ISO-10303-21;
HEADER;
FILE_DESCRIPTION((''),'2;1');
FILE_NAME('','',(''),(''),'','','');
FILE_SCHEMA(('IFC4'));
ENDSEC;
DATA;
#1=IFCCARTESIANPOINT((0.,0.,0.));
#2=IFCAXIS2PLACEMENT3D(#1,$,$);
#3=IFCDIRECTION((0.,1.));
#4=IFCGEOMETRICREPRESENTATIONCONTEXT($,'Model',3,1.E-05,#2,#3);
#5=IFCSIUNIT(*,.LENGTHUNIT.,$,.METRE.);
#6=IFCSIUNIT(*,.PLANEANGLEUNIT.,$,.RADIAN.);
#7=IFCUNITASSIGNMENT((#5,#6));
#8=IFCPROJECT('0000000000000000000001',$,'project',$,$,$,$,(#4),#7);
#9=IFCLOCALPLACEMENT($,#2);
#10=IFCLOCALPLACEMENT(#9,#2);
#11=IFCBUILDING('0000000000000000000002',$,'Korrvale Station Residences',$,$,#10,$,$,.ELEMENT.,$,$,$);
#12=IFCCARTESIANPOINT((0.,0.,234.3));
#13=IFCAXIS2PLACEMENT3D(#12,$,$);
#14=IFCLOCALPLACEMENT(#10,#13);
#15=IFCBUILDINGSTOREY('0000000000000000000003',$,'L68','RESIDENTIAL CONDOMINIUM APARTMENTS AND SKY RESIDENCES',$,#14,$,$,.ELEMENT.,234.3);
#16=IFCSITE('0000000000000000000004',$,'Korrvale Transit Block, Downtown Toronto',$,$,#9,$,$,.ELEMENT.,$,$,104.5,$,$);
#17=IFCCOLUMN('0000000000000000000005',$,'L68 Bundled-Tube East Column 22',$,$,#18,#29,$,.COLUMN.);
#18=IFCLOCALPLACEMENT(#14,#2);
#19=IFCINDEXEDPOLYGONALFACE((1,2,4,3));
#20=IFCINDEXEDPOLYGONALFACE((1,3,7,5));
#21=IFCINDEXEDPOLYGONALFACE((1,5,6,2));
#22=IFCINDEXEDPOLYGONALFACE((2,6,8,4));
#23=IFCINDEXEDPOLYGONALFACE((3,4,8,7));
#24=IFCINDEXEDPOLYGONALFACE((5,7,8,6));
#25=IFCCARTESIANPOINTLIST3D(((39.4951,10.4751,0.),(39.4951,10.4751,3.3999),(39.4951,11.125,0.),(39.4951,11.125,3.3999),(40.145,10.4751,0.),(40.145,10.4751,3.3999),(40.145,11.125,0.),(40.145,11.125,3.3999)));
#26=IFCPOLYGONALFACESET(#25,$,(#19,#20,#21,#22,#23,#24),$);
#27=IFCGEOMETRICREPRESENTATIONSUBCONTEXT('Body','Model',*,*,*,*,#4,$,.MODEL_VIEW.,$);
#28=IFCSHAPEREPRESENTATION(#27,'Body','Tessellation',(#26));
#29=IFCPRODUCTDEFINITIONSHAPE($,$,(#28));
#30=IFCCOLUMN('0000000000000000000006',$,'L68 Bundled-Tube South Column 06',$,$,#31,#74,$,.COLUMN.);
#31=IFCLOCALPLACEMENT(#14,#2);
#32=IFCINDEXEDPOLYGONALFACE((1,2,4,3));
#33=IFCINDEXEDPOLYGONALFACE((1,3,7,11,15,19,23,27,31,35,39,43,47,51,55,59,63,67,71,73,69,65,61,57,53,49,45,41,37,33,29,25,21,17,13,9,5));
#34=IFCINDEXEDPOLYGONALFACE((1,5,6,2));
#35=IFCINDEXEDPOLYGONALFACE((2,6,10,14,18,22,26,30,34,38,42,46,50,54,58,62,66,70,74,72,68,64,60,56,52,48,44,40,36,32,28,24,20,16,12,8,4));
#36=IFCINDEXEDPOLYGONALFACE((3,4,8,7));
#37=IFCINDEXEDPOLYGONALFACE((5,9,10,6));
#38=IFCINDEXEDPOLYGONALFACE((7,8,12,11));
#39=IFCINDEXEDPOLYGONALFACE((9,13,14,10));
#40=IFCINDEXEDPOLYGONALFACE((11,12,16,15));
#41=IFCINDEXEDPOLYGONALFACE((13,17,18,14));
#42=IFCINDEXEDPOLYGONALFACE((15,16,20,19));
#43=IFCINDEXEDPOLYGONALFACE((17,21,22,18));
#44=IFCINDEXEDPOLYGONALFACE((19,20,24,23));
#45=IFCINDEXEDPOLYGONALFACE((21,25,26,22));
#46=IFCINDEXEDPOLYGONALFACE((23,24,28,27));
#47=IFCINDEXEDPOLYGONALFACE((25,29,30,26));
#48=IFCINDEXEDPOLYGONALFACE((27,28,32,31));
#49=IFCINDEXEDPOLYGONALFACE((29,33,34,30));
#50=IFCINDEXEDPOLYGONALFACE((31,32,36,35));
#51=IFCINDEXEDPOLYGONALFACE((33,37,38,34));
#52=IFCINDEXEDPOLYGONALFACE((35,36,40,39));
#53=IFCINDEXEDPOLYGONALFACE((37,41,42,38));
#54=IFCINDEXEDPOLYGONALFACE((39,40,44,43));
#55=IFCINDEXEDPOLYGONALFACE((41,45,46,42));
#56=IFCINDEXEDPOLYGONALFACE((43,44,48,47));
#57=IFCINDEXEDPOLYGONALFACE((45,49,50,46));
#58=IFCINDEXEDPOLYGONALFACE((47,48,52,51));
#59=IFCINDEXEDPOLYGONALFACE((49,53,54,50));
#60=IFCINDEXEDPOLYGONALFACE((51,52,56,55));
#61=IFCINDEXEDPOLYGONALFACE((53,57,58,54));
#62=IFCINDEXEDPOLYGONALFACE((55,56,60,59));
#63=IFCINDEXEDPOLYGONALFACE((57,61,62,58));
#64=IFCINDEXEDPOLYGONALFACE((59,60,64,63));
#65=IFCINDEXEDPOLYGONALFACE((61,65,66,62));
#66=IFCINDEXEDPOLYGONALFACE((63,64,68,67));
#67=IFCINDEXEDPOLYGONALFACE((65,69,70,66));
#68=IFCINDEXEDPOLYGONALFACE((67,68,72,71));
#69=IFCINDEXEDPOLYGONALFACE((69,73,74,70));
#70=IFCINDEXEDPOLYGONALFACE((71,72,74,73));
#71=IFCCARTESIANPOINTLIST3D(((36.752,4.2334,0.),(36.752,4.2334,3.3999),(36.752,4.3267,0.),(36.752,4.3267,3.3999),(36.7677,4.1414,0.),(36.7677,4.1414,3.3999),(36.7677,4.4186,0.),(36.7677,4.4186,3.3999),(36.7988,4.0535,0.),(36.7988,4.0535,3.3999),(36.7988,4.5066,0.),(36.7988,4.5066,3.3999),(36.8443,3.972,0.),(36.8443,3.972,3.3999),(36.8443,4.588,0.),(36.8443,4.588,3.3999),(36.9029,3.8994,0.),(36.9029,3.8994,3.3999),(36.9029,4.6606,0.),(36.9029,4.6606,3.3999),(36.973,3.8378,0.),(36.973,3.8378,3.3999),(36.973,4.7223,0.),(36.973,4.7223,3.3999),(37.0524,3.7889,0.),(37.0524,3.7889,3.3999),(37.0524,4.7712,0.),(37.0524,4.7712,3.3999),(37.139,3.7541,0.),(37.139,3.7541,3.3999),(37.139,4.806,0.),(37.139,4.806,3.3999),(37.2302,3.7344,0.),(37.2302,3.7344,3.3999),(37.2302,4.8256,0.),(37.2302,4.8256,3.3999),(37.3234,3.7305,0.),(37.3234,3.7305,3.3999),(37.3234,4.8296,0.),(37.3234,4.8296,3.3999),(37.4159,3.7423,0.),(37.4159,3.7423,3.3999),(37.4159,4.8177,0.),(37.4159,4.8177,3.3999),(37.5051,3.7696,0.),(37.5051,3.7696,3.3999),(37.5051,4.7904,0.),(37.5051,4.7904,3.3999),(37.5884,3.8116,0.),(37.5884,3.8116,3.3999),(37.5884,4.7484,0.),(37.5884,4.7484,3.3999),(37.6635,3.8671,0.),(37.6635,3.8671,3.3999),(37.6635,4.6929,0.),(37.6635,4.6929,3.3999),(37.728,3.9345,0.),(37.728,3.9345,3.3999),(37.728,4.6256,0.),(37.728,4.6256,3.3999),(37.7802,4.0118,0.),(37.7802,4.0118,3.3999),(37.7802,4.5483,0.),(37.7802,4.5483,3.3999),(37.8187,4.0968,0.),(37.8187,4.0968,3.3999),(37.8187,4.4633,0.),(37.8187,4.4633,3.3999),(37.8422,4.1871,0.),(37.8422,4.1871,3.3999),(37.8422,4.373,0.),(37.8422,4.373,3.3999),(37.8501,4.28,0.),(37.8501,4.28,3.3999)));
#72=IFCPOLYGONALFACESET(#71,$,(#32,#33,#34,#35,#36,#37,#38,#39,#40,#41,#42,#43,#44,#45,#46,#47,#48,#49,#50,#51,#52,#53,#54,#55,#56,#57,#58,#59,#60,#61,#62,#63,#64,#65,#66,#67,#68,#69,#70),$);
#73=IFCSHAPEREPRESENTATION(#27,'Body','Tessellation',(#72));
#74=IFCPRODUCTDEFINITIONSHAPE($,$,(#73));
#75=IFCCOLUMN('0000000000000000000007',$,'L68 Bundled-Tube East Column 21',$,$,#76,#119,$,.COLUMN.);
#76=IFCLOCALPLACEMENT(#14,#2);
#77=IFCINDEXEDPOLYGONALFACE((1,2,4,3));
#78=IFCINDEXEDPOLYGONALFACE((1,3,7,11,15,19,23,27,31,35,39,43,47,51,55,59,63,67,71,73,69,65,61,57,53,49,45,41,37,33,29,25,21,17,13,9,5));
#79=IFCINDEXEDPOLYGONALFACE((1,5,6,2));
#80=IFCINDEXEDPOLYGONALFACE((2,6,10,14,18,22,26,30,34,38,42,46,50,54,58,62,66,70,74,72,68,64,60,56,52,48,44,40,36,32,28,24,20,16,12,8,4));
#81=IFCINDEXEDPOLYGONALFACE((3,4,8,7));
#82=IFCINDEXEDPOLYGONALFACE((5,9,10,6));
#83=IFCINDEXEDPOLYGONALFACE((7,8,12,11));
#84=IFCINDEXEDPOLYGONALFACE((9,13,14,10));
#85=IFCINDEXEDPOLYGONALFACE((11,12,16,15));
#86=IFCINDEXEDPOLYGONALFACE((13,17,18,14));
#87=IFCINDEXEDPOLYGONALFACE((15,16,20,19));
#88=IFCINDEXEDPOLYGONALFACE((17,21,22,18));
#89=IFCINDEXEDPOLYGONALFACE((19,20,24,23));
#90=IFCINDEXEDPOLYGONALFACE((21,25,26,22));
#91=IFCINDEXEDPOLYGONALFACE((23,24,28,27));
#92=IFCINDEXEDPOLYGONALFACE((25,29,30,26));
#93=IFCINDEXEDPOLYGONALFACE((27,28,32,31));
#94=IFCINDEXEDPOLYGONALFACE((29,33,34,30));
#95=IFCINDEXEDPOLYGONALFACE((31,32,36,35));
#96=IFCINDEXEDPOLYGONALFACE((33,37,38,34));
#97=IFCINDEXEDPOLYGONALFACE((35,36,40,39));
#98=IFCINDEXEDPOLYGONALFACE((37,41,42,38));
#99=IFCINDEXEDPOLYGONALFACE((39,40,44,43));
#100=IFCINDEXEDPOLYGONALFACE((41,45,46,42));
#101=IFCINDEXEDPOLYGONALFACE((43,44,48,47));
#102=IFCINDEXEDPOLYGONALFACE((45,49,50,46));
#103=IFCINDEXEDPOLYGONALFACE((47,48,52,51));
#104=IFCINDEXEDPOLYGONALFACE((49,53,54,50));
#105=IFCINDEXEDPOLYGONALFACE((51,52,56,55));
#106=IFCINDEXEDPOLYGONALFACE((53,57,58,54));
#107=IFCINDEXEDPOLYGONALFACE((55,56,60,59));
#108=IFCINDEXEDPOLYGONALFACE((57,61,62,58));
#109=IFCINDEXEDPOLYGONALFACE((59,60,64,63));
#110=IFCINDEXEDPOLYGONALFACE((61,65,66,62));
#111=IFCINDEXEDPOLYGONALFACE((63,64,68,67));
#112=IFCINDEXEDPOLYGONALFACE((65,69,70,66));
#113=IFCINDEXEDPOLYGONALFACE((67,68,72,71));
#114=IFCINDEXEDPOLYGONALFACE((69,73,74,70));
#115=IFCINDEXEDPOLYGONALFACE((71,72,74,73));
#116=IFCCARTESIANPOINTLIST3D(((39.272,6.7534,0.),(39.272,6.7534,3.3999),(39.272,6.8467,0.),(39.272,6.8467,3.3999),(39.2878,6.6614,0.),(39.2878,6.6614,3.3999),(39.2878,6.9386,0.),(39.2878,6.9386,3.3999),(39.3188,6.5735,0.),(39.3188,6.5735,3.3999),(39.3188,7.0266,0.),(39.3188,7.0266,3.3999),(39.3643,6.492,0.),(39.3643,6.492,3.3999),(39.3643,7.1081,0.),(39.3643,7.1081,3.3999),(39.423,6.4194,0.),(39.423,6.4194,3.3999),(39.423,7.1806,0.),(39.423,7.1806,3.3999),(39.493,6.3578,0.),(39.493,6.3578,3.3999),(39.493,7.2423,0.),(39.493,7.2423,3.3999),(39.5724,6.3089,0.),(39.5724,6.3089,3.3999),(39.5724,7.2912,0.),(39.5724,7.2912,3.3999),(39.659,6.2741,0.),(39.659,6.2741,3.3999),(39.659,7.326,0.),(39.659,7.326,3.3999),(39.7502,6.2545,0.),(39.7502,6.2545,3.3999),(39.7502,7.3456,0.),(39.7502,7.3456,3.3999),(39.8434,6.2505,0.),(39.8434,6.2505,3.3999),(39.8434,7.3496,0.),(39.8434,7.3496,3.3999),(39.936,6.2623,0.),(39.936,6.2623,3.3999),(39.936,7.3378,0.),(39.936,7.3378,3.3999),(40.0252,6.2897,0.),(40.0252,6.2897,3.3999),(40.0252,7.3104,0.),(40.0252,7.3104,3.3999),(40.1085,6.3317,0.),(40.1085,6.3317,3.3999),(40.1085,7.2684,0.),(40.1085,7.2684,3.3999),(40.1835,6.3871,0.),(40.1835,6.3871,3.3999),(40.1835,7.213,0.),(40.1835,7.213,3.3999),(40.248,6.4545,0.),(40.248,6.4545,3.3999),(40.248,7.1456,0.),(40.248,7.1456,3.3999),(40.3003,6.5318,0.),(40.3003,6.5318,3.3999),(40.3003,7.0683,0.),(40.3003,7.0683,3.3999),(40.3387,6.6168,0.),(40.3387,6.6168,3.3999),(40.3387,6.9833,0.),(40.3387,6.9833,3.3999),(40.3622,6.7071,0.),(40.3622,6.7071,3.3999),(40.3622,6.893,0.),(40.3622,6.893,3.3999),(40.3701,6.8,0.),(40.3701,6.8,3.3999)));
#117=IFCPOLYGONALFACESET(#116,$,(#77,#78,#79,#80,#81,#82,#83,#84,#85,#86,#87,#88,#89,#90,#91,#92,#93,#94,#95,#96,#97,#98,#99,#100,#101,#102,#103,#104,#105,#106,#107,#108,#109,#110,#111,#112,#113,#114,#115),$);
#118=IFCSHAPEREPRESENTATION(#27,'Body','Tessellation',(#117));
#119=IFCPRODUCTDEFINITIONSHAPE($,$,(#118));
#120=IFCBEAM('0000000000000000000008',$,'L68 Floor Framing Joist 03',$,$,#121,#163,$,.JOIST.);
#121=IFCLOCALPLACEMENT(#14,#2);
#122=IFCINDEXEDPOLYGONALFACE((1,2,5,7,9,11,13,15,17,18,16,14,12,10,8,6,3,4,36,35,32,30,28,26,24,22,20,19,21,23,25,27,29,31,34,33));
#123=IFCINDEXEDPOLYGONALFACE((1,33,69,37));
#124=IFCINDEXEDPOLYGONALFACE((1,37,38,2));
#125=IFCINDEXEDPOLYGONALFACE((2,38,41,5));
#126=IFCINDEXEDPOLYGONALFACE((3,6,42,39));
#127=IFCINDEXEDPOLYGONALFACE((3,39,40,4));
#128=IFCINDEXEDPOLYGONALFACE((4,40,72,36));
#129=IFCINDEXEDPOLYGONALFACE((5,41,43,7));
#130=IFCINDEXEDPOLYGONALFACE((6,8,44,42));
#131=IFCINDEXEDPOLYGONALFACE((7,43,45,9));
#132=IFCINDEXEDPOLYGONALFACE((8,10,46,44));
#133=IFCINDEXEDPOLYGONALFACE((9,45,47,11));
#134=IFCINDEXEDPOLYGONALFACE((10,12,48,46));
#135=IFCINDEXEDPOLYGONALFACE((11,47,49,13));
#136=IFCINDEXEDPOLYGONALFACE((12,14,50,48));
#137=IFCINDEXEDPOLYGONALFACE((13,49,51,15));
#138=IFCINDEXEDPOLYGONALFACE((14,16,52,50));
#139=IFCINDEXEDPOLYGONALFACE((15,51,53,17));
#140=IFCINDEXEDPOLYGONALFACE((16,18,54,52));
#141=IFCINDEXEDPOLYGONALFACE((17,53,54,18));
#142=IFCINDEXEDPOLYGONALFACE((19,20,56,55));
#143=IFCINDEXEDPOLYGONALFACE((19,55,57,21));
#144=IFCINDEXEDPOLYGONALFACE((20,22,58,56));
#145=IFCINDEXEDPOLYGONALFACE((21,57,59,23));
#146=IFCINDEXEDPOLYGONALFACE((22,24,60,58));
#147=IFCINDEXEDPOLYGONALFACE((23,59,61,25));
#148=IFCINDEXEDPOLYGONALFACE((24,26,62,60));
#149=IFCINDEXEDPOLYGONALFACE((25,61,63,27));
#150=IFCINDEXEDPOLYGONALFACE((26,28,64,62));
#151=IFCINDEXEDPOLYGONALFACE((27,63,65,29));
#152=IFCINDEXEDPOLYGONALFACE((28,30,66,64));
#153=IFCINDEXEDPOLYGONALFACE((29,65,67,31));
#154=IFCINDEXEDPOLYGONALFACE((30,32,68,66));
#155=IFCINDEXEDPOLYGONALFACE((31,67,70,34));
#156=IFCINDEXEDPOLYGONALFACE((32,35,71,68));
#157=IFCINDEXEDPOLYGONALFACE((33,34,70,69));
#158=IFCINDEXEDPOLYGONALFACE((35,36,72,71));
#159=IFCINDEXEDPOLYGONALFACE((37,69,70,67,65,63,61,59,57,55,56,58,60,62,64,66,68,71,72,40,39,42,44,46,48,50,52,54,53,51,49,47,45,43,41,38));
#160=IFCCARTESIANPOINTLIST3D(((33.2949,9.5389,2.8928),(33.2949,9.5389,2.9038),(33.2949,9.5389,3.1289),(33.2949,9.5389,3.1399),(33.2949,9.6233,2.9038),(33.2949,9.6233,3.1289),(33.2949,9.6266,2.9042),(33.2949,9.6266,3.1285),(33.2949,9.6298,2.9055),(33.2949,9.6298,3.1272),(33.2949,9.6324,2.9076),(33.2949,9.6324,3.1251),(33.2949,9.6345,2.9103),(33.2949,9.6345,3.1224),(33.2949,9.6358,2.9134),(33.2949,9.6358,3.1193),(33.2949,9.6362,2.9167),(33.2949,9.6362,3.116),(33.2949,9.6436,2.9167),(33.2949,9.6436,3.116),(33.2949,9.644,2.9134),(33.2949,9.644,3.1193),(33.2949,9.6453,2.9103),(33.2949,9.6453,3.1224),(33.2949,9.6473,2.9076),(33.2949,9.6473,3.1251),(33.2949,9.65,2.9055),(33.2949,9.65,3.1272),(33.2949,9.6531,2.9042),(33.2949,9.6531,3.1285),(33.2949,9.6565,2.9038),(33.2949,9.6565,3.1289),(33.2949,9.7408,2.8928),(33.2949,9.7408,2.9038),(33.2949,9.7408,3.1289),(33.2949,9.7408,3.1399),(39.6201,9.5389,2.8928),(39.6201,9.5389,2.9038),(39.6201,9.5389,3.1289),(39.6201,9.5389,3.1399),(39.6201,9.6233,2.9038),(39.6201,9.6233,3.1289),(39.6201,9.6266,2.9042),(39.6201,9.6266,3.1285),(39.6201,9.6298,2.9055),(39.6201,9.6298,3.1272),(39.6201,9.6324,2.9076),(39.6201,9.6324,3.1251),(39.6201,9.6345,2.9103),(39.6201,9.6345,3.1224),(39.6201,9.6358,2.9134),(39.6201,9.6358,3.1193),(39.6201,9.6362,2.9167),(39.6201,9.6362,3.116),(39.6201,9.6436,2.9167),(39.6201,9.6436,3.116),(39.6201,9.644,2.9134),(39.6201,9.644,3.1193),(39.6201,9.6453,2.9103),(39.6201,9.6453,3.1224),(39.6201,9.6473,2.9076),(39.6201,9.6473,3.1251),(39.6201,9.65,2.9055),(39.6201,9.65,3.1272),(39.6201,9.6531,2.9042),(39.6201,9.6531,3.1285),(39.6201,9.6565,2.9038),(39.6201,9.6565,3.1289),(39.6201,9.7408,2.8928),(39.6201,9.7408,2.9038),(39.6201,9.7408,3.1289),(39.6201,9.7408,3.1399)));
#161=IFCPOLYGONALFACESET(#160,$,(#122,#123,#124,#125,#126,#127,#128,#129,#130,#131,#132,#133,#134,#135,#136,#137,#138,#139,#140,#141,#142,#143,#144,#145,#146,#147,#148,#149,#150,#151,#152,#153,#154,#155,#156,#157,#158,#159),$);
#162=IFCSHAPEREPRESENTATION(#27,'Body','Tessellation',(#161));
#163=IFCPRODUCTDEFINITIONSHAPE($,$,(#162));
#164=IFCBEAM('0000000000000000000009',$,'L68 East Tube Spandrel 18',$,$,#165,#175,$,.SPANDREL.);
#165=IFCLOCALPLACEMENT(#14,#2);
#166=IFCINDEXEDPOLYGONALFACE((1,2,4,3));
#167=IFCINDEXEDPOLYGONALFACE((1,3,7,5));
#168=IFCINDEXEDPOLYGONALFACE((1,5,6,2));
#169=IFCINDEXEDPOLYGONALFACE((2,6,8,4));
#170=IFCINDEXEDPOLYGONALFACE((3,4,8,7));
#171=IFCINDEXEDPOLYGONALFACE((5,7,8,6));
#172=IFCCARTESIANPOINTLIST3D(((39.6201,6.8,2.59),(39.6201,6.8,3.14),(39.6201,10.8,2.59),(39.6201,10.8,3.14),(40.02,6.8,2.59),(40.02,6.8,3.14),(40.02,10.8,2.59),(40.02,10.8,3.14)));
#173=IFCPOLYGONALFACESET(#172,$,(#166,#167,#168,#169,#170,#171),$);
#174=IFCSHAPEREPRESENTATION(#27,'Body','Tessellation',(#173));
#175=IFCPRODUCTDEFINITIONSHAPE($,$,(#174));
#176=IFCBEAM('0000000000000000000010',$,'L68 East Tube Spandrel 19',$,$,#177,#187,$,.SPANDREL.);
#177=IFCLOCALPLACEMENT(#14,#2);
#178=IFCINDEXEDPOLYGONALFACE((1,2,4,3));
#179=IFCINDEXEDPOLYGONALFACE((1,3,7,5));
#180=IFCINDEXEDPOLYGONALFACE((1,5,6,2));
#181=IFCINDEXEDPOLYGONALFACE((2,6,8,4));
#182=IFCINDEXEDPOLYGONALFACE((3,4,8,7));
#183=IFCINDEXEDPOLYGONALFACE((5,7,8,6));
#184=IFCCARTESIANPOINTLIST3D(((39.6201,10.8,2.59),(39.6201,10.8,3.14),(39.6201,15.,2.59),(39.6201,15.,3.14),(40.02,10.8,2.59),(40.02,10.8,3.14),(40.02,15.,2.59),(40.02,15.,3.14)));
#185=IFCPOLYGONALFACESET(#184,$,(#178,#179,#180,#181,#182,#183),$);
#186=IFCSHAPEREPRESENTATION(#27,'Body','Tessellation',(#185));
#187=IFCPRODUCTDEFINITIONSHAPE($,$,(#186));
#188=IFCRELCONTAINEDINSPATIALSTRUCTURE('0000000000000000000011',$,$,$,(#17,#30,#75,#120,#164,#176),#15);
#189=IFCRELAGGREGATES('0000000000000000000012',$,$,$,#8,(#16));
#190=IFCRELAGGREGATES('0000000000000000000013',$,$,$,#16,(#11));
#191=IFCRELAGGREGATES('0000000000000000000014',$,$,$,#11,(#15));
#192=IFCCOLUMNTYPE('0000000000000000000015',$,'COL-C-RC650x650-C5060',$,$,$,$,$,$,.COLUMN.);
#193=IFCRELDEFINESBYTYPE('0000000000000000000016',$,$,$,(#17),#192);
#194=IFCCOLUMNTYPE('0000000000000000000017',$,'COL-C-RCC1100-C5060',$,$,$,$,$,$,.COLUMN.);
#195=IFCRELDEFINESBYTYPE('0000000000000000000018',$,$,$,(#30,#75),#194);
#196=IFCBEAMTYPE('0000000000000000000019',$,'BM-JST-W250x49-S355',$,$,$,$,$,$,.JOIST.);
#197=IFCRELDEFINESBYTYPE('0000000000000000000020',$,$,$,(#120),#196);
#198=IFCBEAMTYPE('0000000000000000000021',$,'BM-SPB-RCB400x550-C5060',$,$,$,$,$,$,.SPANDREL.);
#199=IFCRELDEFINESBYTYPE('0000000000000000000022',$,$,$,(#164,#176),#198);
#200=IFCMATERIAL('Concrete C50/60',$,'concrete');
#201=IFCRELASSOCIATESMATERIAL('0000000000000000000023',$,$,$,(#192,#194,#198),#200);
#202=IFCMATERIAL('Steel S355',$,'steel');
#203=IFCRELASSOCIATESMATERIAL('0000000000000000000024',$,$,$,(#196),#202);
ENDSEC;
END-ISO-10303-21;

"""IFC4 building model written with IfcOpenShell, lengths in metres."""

from ifc_helpers import new_model, si_unit, direction, frame, origin, origin_2d, place, context, subcontext, project, spatial, rectangle, circle, i_section, extrude, material, material_profile, profile_set, type_object, element, save


model = new_model("IFC4")

# Units and contexts
model_context = context("Model", 3, precision=1e-05, world=origin(), true_north=direction((0.0, 1.0)))
body_context = subcontext(model_context, "Body", "Model", "MODEL_VIEW")
ifc_project = project(units=[si_unit("LENGTHUNIT", "METRE"), si_unit("PLANEANGLEUNIT", "RADIAN")], contexts=[model_context])

# Site, building, storey
site_placement = place(None, origin())
site = spatial("IfcSite", under=ifc_project, at=site_placement, Name="Korrvale Transit Block, Downtown Toronto", CompositionType="ELEMENT", RefElevation=104.5)
building_placement = place(site_placement, origin())
building = spatial("IfcBuilding", under=site, at=building_placement, Name="Korrvale Station Residences", CompositionType="ELEMENT")
storey_placement = place(building_placement, frame((0.0, 0.0, 234.3)))
storey = spatial("IfcBuildingStorey", under=building, at=storey_placement, Name="L68", Description="RESIDENTIAL CONDOMINIUM APARTMENTS AND SKY RESIDENCES", CompositionType="ELEMENT", Elevation=234.3)

# Columns
ifc_material_1 = material(Name="Concrete C50/60", Category="concrete")
ifc_material_profile_1 = material_profile(ifc_material_1, rectangle(XDim=0.6499, YDim=0.6499, at=origin_2d()), Name="RC650x650")
ifc_profile_set_1 = profile_set([ifc_material_profile_1], Name="Concrete C50/60")
column_type_1 = type_object("IfcColumnType", Name="COL-C-RC650x650-C5060", PredefinedType="COLUMN", material=ifc_profile_set_1)
column_placement = place(storey_placement, frame((39.8201, 10.8, 0.0), z_axis=(0.0, 0.0, 1.0), x_axis=(1.0, 0.0, 0.0)))
element("IfcColumn", 1, at=column_placement, inside=storey, type_object=column_type_1, Name="L68 Bundled-Tube East Column 22", PredefinedType="COLUMN", context=body_context, shape_type="SweptSolid", body=[
    extrude(rectangle(XDim=0.6499, YDim=0.6499, at=origin_2d()), origin(), (0.0, 0.0, 1.0), 3.3999),
])
ifc_material_profile_2 = material_profile(ifc_material_1, circle(Radius=0.55, at=origin_2d()), Name="RCC1100")
ifc_profile_set_2 = profile_set([ifc_material_profile_2], Name="Concrete C50/60")
column_type_2 = type_object("IfcColumnType", Name="COL-C-RCC1100-C5060", PredefinedType="COLUMN", material=ifc_profile_set_2)
for number, where, z_axis, x_axis, name in (
    (2, (37.3, 4.28, 0.0), (0.0, 0.0, 1.0), (1.0, 0.0, 0.0), "L68 Bundled-Tube South Column 06"),
    (3, (39.8201, 6.8, 0.0), (0.0, 0.0, 1.0), (1.0, 0.0, 0.0), "L68 Bundled-Tube East Column 21"),
):
    element("IfcColumn", number, at=place(storey_placement, frame(where, z_axis=z_axis, x_axis=x_axis)), inside=storey, type_object=column_type_2, Name=name, PredefinedType="COLUMN", context=body_context, shape_type="SweptSolid", body=[
        extrude(circle(Radius=0.55, at=origin_2d()), origin(), (0.0, 0.0, 1.0), 3.3999),
    ])

# Beams
ifc_material_2 = material(Name="Steel S355", Category="steel")
ifc_material_profile_3 = material_profile(ifc_material_2, i_section(OverallWidth=0.2019, OverallDepth=0.2471, WebThickness=0.0073, FlangeThickness=0.011, FilletRadius=0.0129, at=origin_2d()), Name="W250x49")
ifc_profile_set_3 = profile_set([ifc_material_profile_3], Name="Steel S355")
beam_type_1 = type_object("IfcBeamType", Name="BM-JST-W250x49-S355", PredefinedType="JOIST", material=ifc_profile_set_3)
beam_1_placement = place(storey_placement, frame((33.2949, 9.6399, 3.0164), z_axis=(1.0, 0.0, 0.0), x_axis=(0.0, 1.0, 0.0)))
element("IfcBeam", 4, at=beam_1_placement, inside=storey, type_object=beam_type_1, Name="L68 Floor Framing Joist 03", PredefinedType="JOIST", context=body_context, shape_type="SweptSolid", body=[
    extrude(i_section(OverallWidth=0.2019, OverallDepth=0.2471, WebThickness=0.0073, FlangeThickness=0.011, FilletRadius=0.0129, at=origin_2d()), origin(), (0.0, 0.0, 1.0), 6.3252),
])
ifc_material_profile_4 = material_profile(ifc_material_1, rectangle(XDim=0.3999, YDim=0.55, at=origin_2d()), Name="RCB400x550")
ifc_profile_set_4 = profile_set([ifc_material_profile_4], Name="Concrete C50/60")
beam_type_2 = type_object("IfcBeamType", Name="BM-SPB-RCB400x550-C5060", PredefinedType="SPANDREL", material=ifc_profile_set_4)
beam_2_placement = place(storey_placement, frame((39.8201, 6.8, 2.865), z_axis=(0.0, 1.0, 0.0), x_axis=(-1.0, 0.0, 0.0)))
element("IfcBeam", 5, at=beam_2_placement, inside=storey, type_object=beam_type_2, Name="L68 East Tube Spandrel 18", PredefinedType="SPANDREL", context=body_context, shape_type="SweptSolid", body=[
    extrude(rectangle(XDim=0.3999, YDim=0.55, at=origin_2d()), origin(), (0.0, 0.0, 1.0), 4.0),
])
beam_3_placement = place(storey_placement, frame((39.8201, 10.8, 2.865), z_axis=(0.0, 1.0, 0.0), x_axis=(-1.0, 0.0, 0.0)))
element("IfcBeam", 6, at=beam_3_placement, inside=storey, type_object=beam_type_2, Name="L68 East Tube Spandrel 19", PredefinedType="SPANDREL", context=body_context, shape_type="SweptSolid", body=[
    extrude(rectangle(XDim=0.3999, YDim=0.55, at=origin_2d()), origin(), (0.0, 0.0, 1.0), 4.2),
])

save(model, "model.ifc")
